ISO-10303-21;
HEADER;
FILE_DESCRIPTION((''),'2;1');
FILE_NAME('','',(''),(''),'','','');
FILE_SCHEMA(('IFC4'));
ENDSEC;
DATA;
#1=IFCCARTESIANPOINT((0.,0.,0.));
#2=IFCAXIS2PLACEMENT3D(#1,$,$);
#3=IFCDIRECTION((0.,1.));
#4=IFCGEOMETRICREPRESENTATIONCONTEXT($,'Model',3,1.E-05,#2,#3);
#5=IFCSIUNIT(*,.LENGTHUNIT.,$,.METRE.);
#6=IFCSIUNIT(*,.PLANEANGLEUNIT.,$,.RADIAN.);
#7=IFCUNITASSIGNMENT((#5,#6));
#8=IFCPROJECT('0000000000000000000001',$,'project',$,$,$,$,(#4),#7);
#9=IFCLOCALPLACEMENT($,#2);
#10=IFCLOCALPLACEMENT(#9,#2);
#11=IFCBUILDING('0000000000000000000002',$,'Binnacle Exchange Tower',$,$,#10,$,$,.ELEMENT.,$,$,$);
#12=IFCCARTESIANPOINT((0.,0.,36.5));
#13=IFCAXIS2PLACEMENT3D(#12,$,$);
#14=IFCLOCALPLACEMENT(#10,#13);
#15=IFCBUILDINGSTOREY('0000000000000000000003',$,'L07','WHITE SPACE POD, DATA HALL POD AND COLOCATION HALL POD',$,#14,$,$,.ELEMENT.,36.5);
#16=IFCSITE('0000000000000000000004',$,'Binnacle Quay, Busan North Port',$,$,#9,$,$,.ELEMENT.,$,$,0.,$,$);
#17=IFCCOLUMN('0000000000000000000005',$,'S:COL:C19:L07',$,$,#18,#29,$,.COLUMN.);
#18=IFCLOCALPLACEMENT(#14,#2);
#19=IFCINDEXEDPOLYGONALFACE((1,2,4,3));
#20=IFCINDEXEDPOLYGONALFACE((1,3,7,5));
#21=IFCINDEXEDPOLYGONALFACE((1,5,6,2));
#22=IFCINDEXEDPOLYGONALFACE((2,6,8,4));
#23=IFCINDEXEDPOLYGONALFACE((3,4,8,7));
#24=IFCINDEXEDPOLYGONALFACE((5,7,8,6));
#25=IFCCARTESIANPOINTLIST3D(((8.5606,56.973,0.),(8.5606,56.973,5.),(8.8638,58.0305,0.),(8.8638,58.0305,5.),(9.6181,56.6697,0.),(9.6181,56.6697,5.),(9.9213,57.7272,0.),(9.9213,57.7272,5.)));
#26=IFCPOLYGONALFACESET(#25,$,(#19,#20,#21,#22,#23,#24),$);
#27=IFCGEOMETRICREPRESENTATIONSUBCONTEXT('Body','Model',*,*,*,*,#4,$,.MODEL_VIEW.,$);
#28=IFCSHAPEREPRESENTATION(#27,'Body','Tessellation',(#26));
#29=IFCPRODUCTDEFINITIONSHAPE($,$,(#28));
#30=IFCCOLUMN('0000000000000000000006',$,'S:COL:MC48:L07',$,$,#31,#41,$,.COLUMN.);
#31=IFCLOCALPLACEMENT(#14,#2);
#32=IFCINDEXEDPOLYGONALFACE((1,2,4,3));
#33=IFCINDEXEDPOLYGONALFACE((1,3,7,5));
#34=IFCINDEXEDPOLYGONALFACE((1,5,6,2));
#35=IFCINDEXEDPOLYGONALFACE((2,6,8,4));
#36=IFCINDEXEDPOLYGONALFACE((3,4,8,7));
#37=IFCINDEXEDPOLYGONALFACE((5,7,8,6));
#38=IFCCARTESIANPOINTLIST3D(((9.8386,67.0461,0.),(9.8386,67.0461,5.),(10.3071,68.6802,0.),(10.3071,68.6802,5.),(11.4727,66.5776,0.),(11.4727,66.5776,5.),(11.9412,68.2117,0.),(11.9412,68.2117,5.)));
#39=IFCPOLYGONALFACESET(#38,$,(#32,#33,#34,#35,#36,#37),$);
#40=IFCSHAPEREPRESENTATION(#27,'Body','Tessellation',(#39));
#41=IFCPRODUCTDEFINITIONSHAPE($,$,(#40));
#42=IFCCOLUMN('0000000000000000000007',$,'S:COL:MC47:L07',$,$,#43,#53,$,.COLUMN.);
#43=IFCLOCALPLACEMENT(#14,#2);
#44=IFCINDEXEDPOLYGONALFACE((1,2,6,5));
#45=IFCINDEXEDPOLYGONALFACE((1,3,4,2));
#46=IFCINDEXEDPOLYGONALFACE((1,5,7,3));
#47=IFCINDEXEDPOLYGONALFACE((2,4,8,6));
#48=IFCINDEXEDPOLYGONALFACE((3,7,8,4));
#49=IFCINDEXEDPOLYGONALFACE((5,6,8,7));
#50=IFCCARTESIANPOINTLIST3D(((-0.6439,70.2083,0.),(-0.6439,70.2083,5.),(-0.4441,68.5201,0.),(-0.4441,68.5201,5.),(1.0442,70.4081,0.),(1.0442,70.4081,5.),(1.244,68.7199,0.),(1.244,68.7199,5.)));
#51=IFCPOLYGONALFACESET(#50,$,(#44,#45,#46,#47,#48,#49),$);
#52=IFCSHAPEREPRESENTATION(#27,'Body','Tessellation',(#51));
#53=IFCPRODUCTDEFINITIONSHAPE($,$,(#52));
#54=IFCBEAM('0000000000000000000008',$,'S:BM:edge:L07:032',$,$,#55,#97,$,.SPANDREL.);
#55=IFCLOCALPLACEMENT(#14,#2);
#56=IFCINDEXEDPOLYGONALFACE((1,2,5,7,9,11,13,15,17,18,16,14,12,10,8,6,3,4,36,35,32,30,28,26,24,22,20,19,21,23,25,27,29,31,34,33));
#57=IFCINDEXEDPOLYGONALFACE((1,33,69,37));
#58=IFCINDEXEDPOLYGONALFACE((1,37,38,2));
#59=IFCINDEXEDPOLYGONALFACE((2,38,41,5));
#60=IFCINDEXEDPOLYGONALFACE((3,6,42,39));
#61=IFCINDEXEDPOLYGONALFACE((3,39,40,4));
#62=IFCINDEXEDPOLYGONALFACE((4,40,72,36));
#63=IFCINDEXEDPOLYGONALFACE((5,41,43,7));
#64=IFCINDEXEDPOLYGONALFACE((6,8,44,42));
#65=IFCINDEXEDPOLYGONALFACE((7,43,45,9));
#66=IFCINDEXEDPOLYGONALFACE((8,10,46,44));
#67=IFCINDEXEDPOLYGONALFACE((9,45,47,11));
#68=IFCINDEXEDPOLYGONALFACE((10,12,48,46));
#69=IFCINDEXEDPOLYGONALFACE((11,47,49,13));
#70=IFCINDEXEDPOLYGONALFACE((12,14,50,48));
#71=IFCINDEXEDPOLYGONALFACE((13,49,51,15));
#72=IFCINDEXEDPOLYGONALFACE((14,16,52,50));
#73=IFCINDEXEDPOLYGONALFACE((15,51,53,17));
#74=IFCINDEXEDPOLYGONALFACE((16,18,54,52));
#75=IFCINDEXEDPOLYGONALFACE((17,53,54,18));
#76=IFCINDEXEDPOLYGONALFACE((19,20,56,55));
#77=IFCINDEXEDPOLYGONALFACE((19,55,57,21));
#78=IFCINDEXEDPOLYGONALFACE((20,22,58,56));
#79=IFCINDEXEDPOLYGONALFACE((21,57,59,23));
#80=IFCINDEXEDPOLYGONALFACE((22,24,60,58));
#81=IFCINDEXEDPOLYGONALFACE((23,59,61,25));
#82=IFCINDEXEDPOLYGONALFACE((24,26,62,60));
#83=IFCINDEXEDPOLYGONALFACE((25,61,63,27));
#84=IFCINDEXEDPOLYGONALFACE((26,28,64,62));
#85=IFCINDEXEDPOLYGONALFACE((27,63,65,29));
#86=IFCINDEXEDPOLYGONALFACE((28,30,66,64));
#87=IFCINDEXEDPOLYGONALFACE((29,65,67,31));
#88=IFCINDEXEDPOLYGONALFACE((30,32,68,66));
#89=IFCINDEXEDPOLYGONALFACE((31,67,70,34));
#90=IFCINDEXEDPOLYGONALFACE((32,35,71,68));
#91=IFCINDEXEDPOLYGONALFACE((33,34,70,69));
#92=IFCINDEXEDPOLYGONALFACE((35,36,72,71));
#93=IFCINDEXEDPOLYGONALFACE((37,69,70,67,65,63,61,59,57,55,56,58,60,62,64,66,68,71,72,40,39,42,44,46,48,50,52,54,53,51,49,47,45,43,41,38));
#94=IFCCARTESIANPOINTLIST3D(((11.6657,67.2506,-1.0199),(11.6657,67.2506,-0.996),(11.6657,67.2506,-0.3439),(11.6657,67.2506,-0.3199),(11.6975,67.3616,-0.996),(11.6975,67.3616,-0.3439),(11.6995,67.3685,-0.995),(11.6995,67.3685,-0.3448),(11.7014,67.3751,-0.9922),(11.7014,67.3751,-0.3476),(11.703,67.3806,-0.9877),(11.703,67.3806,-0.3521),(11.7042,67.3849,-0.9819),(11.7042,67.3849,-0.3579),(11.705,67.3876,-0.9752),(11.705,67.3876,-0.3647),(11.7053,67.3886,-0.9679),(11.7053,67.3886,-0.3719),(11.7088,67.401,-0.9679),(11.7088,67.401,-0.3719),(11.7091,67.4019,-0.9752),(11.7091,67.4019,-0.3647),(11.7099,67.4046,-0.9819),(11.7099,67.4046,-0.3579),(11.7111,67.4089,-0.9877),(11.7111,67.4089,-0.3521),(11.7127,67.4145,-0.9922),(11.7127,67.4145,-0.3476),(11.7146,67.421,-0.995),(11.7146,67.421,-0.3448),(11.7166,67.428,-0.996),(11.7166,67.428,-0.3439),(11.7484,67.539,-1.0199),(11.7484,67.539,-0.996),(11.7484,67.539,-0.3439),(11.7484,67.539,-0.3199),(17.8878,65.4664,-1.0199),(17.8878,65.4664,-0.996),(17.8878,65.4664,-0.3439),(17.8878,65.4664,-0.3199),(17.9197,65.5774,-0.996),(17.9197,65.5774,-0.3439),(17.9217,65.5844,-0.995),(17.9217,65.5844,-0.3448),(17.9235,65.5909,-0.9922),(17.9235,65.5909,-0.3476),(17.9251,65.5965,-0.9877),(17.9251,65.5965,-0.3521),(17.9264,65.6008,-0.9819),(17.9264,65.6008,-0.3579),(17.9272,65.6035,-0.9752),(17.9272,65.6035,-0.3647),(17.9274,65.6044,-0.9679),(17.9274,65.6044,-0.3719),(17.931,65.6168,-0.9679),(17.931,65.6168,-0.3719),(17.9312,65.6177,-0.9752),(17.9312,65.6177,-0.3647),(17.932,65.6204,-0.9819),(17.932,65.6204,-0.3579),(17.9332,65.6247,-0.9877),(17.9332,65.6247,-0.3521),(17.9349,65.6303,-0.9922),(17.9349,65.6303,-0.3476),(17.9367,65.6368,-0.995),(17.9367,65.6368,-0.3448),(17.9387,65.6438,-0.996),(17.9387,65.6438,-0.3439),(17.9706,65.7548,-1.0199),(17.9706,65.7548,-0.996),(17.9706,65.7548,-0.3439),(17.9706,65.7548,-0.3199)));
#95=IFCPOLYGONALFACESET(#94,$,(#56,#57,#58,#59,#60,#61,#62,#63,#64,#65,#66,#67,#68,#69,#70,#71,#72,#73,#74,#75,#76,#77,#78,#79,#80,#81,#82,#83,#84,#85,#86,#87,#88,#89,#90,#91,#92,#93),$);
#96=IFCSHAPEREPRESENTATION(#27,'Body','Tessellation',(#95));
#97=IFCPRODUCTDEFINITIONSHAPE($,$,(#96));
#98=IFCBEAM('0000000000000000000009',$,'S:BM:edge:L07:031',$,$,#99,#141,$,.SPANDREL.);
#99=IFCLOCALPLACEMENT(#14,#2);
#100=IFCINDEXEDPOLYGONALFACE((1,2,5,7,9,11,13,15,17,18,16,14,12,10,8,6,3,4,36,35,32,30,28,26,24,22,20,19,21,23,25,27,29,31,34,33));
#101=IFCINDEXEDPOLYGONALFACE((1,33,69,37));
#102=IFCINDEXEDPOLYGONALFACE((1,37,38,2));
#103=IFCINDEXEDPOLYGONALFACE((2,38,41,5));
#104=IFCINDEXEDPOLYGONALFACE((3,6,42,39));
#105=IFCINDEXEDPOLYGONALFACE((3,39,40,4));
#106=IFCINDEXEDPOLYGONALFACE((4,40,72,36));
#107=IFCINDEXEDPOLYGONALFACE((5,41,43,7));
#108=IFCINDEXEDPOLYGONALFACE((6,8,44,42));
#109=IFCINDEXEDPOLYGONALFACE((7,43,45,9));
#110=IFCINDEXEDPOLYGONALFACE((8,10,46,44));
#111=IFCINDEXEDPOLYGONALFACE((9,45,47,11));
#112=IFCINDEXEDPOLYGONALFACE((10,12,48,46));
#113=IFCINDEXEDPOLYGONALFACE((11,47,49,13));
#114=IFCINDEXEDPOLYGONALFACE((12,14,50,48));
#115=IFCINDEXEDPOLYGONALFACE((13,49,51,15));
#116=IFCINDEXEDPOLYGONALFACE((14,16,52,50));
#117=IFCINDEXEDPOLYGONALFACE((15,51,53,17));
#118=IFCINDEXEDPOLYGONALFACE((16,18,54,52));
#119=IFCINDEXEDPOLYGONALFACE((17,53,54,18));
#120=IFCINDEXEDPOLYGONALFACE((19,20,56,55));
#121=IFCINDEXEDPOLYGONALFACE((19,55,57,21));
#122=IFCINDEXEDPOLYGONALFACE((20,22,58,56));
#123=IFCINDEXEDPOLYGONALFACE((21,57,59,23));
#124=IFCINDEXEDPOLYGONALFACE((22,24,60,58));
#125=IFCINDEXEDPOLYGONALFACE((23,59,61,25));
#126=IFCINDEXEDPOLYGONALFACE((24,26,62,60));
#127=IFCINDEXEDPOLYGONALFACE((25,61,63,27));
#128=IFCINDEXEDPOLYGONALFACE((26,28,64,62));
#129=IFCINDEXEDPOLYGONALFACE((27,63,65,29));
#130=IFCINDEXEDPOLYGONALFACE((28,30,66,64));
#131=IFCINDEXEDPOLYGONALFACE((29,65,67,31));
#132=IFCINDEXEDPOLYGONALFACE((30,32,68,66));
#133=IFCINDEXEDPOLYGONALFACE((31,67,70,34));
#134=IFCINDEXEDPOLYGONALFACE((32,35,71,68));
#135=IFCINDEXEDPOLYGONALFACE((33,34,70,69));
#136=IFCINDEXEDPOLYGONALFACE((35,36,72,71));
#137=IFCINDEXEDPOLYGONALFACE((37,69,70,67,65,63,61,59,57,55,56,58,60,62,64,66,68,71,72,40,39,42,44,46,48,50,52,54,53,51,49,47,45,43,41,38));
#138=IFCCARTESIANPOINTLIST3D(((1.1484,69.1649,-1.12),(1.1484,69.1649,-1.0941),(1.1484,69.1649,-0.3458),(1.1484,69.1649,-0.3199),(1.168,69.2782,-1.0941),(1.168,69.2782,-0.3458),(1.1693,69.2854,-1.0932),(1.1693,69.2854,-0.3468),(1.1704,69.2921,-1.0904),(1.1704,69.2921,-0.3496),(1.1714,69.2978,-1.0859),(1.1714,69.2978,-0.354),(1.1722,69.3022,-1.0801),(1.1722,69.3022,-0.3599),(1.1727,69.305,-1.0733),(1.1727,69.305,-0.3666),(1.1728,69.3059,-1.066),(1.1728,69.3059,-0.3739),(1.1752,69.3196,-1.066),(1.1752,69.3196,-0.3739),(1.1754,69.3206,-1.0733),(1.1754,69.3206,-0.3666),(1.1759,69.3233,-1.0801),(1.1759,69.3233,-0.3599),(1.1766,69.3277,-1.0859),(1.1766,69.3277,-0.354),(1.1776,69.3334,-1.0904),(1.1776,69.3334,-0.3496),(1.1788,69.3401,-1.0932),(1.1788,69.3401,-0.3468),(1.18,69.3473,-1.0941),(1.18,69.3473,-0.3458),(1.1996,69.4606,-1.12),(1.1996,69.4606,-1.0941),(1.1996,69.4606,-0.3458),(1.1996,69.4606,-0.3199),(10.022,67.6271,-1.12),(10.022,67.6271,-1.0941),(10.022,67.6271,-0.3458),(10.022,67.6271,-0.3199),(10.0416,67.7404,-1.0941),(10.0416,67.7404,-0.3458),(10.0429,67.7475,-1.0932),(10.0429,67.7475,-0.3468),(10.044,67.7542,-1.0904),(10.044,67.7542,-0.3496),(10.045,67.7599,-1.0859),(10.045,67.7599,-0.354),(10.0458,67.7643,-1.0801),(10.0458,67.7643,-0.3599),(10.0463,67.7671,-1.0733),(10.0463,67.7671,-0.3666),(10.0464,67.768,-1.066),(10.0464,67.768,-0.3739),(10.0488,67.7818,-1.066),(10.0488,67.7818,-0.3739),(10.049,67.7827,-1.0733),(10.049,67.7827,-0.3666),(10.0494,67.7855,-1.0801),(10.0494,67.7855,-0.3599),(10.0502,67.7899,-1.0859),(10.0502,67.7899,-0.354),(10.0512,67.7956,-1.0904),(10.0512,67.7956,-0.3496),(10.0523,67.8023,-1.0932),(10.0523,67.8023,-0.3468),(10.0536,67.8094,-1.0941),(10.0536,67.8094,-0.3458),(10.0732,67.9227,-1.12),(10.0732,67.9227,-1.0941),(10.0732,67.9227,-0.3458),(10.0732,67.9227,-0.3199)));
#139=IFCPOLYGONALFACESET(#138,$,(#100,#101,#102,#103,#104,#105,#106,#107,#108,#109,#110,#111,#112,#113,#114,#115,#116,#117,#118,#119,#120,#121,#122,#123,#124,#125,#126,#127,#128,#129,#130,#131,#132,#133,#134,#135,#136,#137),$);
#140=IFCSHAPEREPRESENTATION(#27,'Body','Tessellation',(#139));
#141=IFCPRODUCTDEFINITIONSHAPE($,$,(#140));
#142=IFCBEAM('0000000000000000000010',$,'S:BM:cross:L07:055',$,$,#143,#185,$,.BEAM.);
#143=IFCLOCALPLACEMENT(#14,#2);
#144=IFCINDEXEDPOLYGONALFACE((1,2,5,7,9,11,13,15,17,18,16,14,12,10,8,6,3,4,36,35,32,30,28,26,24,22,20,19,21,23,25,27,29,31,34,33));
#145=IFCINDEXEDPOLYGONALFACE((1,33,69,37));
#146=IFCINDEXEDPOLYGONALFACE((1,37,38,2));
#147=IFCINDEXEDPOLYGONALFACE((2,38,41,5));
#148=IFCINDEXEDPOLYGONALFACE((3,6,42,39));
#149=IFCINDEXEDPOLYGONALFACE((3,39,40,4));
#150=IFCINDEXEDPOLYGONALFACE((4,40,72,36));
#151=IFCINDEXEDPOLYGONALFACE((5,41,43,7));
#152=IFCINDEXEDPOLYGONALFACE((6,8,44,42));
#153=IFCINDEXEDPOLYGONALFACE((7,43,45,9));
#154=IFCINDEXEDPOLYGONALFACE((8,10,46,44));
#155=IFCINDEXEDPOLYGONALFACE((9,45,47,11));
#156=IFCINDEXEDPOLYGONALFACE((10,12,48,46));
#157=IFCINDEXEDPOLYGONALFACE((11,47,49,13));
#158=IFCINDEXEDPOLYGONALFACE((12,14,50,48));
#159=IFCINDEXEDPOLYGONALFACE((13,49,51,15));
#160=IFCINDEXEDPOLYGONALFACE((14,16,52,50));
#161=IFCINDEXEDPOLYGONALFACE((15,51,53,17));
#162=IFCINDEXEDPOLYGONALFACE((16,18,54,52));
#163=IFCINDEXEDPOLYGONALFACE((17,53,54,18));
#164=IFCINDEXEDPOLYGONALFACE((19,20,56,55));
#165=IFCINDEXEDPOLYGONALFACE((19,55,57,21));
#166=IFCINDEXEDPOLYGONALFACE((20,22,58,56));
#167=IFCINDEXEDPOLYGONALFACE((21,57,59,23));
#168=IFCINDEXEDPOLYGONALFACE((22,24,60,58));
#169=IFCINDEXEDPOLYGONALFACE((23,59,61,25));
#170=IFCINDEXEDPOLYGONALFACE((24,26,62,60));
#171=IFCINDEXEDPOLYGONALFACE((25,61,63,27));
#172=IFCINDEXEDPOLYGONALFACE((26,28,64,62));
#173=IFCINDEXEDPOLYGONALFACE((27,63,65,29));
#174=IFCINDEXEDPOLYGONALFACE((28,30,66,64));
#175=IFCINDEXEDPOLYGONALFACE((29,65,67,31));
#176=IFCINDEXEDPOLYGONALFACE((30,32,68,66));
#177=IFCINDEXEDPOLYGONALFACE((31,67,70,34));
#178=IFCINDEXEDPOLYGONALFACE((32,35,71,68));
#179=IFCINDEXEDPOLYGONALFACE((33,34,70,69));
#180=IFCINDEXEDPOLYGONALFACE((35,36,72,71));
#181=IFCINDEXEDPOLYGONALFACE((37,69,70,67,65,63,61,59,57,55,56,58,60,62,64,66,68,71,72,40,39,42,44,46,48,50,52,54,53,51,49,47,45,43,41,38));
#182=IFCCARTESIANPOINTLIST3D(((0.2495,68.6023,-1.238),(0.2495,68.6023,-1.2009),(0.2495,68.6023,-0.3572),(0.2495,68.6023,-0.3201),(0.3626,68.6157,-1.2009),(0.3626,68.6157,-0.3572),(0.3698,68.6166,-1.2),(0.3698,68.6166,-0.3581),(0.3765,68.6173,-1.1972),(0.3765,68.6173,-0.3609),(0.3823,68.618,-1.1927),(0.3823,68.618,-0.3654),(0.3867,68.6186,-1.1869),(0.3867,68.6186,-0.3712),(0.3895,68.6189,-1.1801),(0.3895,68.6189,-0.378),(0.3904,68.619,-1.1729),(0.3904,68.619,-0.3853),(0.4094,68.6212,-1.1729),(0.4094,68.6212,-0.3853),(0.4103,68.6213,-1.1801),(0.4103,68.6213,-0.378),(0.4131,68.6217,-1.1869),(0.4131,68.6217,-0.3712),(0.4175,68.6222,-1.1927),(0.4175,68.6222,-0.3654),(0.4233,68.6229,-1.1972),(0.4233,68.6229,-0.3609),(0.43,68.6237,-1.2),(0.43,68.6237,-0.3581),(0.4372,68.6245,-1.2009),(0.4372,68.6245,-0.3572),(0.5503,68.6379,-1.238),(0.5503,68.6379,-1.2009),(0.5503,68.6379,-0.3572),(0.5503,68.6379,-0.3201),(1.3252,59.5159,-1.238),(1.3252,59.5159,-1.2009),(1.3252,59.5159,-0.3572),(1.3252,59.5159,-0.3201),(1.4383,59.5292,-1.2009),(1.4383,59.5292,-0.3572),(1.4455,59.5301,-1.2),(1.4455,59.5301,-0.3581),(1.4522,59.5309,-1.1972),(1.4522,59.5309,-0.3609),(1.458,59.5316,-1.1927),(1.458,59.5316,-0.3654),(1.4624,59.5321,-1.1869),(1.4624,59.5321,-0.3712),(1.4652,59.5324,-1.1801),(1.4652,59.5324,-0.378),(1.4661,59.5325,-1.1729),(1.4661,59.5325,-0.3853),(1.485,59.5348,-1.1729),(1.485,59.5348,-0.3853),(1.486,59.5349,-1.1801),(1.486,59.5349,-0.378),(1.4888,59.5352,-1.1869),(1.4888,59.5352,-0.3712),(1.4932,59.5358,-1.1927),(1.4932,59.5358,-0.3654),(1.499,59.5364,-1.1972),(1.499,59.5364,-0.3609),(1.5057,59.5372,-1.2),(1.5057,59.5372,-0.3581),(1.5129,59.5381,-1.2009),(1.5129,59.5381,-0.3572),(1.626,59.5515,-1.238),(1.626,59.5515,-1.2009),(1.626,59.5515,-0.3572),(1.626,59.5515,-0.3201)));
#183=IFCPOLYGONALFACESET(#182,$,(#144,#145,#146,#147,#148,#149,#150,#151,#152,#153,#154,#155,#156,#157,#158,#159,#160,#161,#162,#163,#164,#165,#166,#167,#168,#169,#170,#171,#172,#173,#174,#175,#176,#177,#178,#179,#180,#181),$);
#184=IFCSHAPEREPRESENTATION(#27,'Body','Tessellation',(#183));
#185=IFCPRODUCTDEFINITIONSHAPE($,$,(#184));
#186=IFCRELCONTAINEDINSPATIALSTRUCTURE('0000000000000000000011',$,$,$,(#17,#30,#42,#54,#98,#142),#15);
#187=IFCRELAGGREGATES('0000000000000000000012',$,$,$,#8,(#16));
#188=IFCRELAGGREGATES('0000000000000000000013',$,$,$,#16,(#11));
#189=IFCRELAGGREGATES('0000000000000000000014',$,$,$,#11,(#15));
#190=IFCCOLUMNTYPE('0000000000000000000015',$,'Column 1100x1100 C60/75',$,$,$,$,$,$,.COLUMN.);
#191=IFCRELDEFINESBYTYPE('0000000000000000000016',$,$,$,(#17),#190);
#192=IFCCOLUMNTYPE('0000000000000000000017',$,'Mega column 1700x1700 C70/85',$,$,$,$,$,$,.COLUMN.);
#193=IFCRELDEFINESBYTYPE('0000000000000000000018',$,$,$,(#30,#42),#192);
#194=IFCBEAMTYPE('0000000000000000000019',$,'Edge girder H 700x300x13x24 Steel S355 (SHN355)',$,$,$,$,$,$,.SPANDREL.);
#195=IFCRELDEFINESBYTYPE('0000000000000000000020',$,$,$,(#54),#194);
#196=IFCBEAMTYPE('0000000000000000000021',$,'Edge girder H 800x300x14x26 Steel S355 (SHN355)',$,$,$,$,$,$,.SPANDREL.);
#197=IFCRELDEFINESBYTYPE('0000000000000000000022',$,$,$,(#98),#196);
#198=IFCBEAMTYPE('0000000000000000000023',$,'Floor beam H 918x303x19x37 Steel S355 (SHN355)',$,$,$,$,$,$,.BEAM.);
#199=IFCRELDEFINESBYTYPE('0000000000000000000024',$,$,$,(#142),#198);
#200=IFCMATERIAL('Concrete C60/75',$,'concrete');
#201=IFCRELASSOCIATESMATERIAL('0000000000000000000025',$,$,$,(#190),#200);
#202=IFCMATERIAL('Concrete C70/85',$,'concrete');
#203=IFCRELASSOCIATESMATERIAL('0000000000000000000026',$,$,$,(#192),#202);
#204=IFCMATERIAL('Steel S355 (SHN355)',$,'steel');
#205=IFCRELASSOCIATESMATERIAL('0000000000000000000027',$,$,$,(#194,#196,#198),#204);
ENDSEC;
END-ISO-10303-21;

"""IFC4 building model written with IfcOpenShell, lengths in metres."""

from ifc_helpers import new_model, si_unit, direction, frame, origin, origin_2d, place, context, subcontext, project, spatial, rectangle, i_section, extrude, material, material_profile, profile_set, type_object, element, save


model = new_model("IFC4")

# Units and contexts
model_context = context("Model", 3, precision=1e-05, world=origin(), true_north=direction((0.0, 1.0)))
body_context = subcontext(model_context, "Body", "Model", "MODEL_VIEW")
ifc_project = project(units=[si_unit("LENGTHUNIT", "METRE"), si_unit("PLANEANGLEUNIT", "RADIAN")], contexts=[model_context])

# Site, building, storey
site_placement = place(None, origin())
site = spatial("IfcSite", under=ifc_project, at=site_placement, Name="Binnacle Quay, Busan North Port", CompositionType="ELEMENT", RefElevation=0.0)
building_placement = place(site_placement, origin())
building = spatial("IfcBuilding", under=site, at=building_placement, Name="Binnacle Exchange Tower", CompositionType="ELEMENT")
storey_placement = place(building_placement, frame((0.0, 0.0, 36.5)))
storey = spatial("IfcBuildingStorey", under=building, at=storey_placement, Name="L07", Description="WHITE SPACE POD, DATA HALL POD AND COLOCATION HALL POD", CompositionType="ELEMENT", Elevation=36.5)

# Columns
ifc_material_1 = material(Name="Concrete C60/75", Category="concrete")
ifc_material_profile_1 = material_profile(ifc_material_1, rectangle(XDim=1.1001, YDim=1.1001, at=origin_2d()), Name="Column 1100x1100 C60/75")
ifc_profile_set_1 = profile_set([ifc_material_profile_1], Name="Concrete C60/75")
column_type_1 = type_object("IfcColumnType", Name="Column 1100x1100 C60/75", PredefinedType="COLUMN", material=ifc_profile_set_1)
column_placement = place(storey_placement, frame((9.241, 57.3501, 0.0), z_axis=(0.0, 0.0, 1.0), x_axis=(0.961262, -0.275637, 0.0)))
element("IfcColumn", 1, at=column_placement, inside=storey, type_object=column_type_1, Name="S:COL:C19:L07", PredefinedType="COLUMN", context=body_context, shape_type="SweptSolid", body=[
    extrude(rectangle(XDim=1.1001, YDim=1.1001, at=origin_2d()), origin(), (0.0, 0.0, 1.0), 5.0),
])
ifc_material_2 = material(Name="Concrete C70/85", Category="concrete")
ifc_material_profile_2 = material_profile(ifc_material_2, rectangle(XDim=1.7, YDim=1.7, at=origin_2d()), Name="Mega column 1700x1700 C70/85")
ifc_profile_set_2 = profile_set([ifc_material_profile_2], Name="Concrete C70/85")
column_type_2 = type_object("IfcColumnType", Name="Mega column 1700x1700 C70/85", PredefinedType="COLUMN", material=ifc_profile_set_2)
for number, where, z_axis, x_axis, name in (
    (2, (10.8899, 67.6289, 0.0), (0.0, 0.0, 1.0), (-0.961262, 0.275637, 0.0), "S:COL:MC48:L07"),
    (3, (0.3, 69.4641, 0.0), (0.0, 0.0, 1.0), (-0.993068, -0.117537, 0.0), "S:COL:MC47:L07"),
):
    element("IfcColumn", number, at=place(storey_placement, frame(where, z_axis=z_axis, x_axis=x_axis)), inside=storey, type_object=column_type_2, Name=name, PredefinedType="COLUMN", context=body_context, shape_type="SweptSolid", body=[
        extrude(rectangle(XDim=1.7, YDim=1.7, at=origin_2d()), origin(), (0.0, 0.0, 1.0), 5.0),
    ])

# Beams
ifc_material_3 = material(Name="Steel S355 (SHN355)", Category="steel")
ifc_material_profile_3 = material_profile(ifc_material_3, i_section(OverallWidth=0.3, OverallDepth=0.7, WebThickness=0.0129, FlangeThickness=0.0239, FilletRadius=0.0281, at=origin_2d()), Name="H 700x300x13x24")
ifc_profile_set_3 = profile_set([ifc_material_profile_3], Name="Steel S355 (SHN355)")
beam_type_1 = type_object("IfcBeamType", Name="Edge girder H 700x300x13x24 Steel S355 (SHN355)", PredefinedType="SPANDREL", material=ifc_profile_set_3)
beam_1_placement = place(storey_placement, frame((17.9292, 65.6106, -0.6699), z_axis=(-0.961262, 0.275638, 0.0), x_axis=(-0.275638, -0.961262, 0.0)))
element("IfcBeam", 4, at=beam_1_placement, inside=storey, type_object=beam_type_1, Name="S:BM:edge:L07:032", PredefinedType="SPANDREL", context=body_context, shape_type="SweptSolid", body=[
    extrude(i_section(OverallWidth=0.3, OverallDepth=0.7, WebThickness=0.0129, FlangeThickness=0.0239, FilletRadius=0.0281, at=origin_2d()), origin(), (0.0, 0.0, 1.0), 6.4729),
])
ifc_material_profile_4 = material_profile(ifc_material_3, i_section(OverallWidth=0.3, OverallDepth=0.8, WebThickness=0.0139, FlangeThickness=0.0259, FilletRadius=0.0281, at=origin_2d()), Name="H 800x300x14x26")
ifc_profile_set_4 = profile_set([ifc_material_profile_4], Name="Steel S355 (SHN355)")
beam_type_2 = type_object("IfcBeamType", Name="Edge girder H 800x300x14x26 Steel S355 (SHN355)", PredefinedType="SPANDREL", material=ifc_profile_set_4)
beam_2_placement = place(storey_placement, frame((10.0476, 67.7749, -0.72), z_axis=(-0.985312, 0.170761, 0.0), x_axis=(-0.170761, -0.985312, 0.0)))
element("IfcBeam", 5, at=beam_2_placement, inside=storey, type_object=beam_type_2, Name="S:BM:edge:L07:031", PredefinedType="SPANDREL", context=body_context, shape_type="SweptSolid", body=[
    extrude(i_section(OverallWidth=0.3, OverallDepth=0.8, WebThickness=0.0139, FlangeThickness=0.0259, FilletRadius=0.0281, at=origin_2d()), origin(), (0.0, 0.0, 1.0), 9.0059),
])
ifc_material_profile_5 = material_profile(ifc_material_3, i_section(OverallWidth=0.303, OverallDepth=0.918, WebThickness=0.019, FlangeThickness=0.0371, FilletRadius=0.0281, at=origin_2d()), Name="H 918x303x19x37")
ifc_profile_set_5 = profile_set([ifc_material_profile_5], Name="Steel S355 (SHN355)")
beam_type_3 = type_object("IfcBeamType", Name="Floor beam H 918x303x19x37 Steel S355 (SHN355)", PredefinedType="BEAM", material=ifc_profile_set_5)
beam_3_placement = place(storey_placement, frame((0.3999, 68.6201, -0.7791), z_axis=(0.117563, -0.993065, 0.0), x_axis=(0.993065, 0.117563, 0.0)))
element("IfcBeam", 6, at=beam_3_placement, inside=storey, type_object=beam_type_3, Name="S:BM:cross:L07:055", PredefinedType="BEAM", context=body_context, shape_type="SweptSolid", body=[
    extrude(i_section(OverallWidth=0.303, OverallDepth=0.918, WebThickness=0.019, FlangeThickness=0.0371, FilletRadius=0.0281, at=origin_2d()), origin(), (0.0, 0.0, 1.0), 9.1499),
])

save(model, "model.ifc")
